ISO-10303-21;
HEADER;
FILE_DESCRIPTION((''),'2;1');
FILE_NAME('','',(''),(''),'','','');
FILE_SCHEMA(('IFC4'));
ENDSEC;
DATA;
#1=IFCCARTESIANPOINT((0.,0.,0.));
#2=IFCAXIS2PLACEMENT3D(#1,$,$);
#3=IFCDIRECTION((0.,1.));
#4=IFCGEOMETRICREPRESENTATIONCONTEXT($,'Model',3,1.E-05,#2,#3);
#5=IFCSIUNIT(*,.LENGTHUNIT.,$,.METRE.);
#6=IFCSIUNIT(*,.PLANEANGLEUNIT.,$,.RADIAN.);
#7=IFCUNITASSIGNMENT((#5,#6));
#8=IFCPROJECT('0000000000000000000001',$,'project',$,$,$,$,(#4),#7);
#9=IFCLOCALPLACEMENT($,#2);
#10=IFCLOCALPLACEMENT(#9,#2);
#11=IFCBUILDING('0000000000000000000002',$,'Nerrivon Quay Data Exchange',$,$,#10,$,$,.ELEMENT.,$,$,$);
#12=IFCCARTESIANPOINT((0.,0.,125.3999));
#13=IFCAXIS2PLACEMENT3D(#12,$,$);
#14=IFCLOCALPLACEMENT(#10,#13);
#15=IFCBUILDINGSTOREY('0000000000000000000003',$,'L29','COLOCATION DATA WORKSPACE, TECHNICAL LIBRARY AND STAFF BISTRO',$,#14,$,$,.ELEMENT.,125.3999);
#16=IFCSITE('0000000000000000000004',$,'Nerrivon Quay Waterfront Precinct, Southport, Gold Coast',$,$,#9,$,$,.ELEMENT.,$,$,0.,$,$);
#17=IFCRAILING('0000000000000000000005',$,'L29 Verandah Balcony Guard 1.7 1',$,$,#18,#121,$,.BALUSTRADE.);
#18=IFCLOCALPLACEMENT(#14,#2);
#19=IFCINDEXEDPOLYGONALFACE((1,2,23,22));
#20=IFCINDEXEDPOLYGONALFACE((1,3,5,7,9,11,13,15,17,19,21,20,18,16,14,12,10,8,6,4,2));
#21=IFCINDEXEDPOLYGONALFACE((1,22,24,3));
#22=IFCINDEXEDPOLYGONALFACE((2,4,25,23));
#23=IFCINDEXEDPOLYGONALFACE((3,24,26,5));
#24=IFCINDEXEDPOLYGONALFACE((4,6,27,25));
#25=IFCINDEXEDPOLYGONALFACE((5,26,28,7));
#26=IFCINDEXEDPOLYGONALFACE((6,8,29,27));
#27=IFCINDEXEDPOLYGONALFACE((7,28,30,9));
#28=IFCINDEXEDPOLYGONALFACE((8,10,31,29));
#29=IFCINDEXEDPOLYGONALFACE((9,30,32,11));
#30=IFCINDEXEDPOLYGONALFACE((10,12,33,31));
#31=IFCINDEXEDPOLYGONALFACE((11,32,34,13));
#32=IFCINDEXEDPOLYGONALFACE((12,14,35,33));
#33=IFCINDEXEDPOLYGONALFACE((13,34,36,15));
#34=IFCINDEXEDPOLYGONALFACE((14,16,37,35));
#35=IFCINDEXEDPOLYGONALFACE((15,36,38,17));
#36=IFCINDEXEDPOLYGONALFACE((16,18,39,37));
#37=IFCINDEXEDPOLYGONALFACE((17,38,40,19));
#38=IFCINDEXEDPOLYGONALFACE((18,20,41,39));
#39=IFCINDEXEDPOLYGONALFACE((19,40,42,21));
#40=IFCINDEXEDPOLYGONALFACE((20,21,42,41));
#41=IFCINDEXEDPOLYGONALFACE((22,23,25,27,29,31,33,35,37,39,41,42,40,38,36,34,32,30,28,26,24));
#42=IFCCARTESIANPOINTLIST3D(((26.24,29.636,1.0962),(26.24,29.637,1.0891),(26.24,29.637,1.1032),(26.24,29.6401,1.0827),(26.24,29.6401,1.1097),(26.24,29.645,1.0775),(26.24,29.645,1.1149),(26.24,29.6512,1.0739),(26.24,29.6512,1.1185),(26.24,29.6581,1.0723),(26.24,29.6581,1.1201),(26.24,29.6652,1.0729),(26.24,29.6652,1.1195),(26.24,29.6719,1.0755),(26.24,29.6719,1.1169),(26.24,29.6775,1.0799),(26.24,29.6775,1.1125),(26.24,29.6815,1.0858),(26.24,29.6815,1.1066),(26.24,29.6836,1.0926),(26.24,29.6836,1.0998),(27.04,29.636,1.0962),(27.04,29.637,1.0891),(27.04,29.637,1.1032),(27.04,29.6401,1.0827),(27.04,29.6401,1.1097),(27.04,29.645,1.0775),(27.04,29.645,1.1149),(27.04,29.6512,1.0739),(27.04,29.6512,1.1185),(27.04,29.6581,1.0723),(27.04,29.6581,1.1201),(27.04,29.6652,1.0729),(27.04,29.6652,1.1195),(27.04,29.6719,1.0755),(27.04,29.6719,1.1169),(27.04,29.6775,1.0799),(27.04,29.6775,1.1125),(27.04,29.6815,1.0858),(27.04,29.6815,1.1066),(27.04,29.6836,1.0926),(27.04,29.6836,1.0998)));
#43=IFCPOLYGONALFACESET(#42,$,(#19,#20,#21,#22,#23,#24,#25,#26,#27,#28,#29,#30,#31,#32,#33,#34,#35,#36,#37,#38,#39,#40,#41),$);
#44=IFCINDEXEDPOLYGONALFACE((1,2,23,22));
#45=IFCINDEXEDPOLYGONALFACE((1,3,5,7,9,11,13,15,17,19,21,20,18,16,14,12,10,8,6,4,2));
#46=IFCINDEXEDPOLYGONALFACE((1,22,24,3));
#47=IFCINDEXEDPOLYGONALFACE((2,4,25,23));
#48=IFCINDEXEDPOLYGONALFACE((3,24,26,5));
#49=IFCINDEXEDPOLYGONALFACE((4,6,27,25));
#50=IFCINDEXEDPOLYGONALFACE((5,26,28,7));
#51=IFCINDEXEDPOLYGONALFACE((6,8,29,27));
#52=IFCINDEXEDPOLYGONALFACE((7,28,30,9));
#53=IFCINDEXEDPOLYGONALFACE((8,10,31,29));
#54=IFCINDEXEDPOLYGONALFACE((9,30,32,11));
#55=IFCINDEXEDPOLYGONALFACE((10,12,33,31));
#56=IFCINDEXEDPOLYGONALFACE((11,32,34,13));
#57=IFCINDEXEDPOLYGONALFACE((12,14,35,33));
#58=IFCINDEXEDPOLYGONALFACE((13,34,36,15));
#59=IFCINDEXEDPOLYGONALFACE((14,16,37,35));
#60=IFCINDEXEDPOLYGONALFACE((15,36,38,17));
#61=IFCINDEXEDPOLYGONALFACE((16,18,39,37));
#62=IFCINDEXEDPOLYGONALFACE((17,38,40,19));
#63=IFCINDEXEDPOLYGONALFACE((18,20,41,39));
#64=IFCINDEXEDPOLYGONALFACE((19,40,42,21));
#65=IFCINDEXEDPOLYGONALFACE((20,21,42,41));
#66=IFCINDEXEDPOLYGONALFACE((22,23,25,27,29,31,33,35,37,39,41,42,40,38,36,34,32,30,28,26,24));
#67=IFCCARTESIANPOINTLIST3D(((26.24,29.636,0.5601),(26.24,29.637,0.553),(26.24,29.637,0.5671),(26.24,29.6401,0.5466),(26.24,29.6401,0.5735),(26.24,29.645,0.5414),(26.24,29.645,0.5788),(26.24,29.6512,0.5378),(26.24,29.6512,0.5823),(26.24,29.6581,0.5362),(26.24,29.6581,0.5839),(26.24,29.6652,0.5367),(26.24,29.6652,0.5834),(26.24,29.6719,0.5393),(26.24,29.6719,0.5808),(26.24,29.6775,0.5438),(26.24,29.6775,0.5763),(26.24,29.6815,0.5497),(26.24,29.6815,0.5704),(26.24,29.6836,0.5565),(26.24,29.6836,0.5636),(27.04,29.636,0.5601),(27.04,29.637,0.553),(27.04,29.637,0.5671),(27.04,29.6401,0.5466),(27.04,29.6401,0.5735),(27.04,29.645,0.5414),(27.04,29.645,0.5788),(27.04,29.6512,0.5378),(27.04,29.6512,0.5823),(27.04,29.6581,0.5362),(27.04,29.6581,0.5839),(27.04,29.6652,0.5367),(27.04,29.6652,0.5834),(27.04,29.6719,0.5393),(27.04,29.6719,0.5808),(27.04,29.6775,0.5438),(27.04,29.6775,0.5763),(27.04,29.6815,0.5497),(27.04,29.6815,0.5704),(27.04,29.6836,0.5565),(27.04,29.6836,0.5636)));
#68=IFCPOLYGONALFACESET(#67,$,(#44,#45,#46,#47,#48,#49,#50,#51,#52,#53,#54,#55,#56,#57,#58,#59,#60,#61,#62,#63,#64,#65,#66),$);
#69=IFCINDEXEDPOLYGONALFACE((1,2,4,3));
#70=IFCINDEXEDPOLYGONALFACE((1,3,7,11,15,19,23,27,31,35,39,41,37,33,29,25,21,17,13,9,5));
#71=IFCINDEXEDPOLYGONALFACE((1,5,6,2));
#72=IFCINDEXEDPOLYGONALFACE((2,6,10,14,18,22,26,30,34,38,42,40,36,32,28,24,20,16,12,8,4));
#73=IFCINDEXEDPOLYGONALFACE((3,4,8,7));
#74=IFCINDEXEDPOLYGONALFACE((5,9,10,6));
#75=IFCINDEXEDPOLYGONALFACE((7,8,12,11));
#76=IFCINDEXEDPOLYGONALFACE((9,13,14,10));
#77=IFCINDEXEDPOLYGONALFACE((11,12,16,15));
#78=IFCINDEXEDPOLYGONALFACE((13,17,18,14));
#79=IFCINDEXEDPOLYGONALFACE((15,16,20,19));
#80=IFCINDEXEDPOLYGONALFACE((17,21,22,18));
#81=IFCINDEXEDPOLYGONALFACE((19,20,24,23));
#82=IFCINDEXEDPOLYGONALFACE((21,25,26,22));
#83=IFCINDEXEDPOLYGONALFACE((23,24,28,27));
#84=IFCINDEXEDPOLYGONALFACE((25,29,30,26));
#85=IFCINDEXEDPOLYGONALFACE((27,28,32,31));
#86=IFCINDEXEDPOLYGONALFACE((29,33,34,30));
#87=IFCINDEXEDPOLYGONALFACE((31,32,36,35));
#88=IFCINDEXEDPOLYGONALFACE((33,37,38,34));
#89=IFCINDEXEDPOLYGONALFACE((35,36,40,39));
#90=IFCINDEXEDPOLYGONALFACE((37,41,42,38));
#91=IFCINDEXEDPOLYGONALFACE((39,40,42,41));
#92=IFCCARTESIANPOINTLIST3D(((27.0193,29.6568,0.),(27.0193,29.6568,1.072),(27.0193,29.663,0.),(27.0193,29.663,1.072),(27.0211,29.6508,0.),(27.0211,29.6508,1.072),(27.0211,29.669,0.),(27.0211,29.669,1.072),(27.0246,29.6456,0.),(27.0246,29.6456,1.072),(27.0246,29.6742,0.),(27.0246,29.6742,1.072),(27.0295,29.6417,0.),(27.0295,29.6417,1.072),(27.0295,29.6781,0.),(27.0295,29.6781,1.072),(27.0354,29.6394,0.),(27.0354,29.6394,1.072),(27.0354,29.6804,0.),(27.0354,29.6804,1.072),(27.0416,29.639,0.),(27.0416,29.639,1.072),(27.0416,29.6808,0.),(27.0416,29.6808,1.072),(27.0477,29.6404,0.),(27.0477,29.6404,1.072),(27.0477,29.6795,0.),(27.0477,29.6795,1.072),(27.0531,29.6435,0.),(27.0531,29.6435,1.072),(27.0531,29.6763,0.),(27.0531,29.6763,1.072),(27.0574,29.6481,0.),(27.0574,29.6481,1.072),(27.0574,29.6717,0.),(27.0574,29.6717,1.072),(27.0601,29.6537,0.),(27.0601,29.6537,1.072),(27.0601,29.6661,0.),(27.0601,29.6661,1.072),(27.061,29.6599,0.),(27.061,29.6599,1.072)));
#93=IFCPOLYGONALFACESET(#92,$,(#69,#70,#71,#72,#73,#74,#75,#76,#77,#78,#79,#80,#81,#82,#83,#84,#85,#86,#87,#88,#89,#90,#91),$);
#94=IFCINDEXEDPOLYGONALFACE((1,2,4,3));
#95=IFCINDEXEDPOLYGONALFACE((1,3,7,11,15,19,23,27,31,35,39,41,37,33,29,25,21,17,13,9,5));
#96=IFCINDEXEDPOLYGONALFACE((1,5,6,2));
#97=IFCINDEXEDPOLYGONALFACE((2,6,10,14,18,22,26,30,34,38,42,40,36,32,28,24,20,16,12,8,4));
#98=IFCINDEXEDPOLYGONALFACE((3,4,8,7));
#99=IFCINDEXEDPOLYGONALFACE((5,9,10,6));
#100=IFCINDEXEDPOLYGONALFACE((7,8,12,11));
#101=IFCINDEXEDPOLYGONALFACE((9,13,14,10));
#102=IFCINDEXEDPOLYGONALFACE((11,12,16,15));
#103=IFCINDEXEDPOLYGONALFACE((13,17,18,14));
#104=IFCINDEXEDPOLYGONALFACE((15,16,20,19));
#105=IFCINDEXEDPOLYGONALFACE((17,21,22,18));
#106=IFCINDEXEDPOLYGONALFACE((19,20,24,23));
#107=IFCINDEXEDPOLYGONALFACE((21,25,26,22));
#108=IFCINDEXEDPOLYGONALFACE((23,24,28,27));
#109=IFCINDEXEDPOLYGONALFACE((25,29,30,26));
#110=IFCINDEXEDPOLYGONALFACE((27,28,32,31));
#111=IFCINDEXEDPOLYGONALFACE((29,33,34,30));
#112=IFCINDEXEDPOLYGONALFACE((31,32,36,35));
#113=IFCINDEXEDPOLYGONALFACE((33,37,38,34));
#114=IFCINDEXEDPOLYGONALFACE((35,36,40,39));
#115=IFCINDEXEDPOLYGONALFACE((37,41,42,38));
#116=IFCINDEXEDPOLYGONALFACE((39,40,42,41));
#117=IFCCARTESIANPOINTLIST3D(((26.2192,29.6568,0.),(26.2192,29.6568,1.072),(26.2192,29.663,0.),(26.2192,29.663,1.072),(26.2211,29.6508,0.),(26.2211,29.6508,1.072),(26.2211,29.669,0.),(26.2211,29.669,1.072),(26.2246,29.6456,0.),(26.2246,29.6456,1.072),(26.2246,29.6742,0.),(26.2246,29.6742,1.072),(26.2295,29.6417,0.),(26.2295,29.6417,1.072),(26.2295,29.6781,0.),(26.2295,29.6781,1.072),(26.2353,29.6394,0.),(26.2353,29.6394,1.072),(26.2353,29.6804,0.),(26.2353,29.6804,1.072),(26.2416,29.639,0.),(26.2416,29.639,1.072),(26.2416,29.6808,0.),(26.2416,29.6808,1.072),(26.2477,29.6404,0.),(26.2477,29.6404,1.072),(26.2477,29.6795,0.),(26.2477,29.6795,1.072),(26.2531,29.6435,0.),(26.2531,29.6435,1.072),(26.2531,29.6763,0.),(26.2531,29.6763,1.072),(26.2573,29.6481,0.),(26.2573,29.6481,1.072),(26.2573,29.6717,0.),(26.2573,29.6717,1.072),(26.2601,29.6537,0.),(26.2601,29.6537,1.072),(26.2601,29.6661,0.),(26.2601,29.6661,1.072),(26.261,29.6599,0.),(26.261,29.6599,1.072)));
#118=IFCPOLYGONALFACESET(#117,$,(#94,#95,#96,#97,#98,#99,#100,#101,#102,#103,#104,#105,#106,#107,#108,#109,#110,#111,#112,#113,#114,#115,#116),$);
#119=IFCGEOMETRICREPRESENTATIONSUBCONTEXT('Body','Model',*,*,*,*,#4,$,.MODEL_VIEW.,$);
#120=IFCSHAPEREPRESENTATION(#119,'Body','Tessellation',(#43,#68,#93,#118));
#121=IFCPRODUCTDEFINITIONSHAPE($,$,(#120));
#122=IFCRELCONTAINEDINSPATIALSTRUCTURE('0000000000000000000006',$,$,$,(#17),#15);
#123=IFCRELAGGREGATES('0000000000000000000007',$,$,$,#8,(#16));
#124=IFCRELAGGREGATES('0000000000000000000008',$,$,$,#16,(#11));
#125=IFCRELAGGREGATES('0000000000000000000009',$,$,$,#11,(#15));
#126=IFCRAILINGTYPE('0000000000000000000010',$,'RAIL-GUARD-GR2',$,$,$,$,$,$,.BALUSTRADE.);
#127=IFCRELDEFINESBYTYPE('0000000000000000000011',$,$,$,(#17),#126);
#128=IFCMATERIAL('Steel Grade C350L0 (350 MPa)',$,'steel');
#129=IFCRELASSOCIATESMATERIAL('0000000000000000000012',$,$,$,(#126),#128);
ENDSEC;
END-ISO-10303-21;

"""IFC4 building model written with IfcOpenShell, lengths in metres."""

from ifc_helpers import new_model, si_unit, direction, frame, origin, origin_2d, place, context, subcontext, project, spatial, circle, extrude, material, type_object, element, save


model = new_model("IFC4")

# Units and contexts
model_context = context("Model", 3, precision=1e-05, world=origin(), true_north=direction((0.0, 1.0)))
body_context = subcontext(model_context, "Body", "Model", "MODEL_VIEW")
ifc_project = project(units=[si_unit("LENGTHUNIT", "METRE"), si_unit("PLANEANGLEUNIT", "RADIAN")], contexts=[model_context])

# Site, building, storey
site_placement = place(None, origin())
site = spatial("IfcSite", under=ifc_project, at=site_placement, Name="Nerrivon Quay Waterfront Precinct, Southport, Gold Coast", CompositionType="ELEMENT", RefElevation=0.0)
building_placement = place(site_placement, origin())
building = spatial("IfcBuilding", under=site, at=building_placement, Name="Nerrivon Quay Data Exchange", CompositionType="ELEMENT")
storey_placement = place(building_placement, frame((0.0, 0.0, 125.3999)))
storey = spatial("IfcBuildingStorey", under=building, at=storey_placement, Name="L29", Description="COLOCATION DATA WORKSPACE, TECHNICAL LIBRARY AND STAFF BISTRO", CompositionType="ELEMENT", Elevation=125.3999)

# Railing
ifc_material_1 = material(Name="Steel Grade C350L0 (350 MPa)", Category="steel")
railing_type = type_object("IfcRailingType", Name="RAIL-GUARD-GR2", PredefinedType="BALUSTRADE", material=ifc_material_1)
railing_placement = place(storey_placement, frame((27.04, 29.6599, 0.0)))
element("IfcRailing", 1, at=railing_placement, inside=storey, type_object=railing_type, Name="L29 Verandah Balcony Guard 1.7 1", PredefinedType="BALUSTRADE", context=body_context, shape_type="SweptSolid", body=[
    extrude(circle(Radius=0.0239, at=origin_2d()), frame((0.0, 0.0, 1.0962), z_axis=(-1.0, 0.0, 0.0), x_axis=(0.0, -1.0, 0.0)), (0.0, 0.0, 1.0), 0.8),
    extrude(circle(Radius=0.0239, at=origin_2d()), frame((0.0, 0.0, 0.5601), z_axis=(-1.0, 0.0, 0.0), x_axis=(0.0, -1.0, 0.0)), (0.0, 0.0, 1.0), 0.8),
    extrude(circle(Radius=0.021, at=origin_2d()), origin(), (0.0, 0.0, 1.0), 1.072),
    extrude(circle(Radius=0.021, at=origin_2d()), frame((-0.8, 0.0, 0.0)), (0.0, 0.0, 1.0), 1.072),
])

save(model, "model.ifc")
